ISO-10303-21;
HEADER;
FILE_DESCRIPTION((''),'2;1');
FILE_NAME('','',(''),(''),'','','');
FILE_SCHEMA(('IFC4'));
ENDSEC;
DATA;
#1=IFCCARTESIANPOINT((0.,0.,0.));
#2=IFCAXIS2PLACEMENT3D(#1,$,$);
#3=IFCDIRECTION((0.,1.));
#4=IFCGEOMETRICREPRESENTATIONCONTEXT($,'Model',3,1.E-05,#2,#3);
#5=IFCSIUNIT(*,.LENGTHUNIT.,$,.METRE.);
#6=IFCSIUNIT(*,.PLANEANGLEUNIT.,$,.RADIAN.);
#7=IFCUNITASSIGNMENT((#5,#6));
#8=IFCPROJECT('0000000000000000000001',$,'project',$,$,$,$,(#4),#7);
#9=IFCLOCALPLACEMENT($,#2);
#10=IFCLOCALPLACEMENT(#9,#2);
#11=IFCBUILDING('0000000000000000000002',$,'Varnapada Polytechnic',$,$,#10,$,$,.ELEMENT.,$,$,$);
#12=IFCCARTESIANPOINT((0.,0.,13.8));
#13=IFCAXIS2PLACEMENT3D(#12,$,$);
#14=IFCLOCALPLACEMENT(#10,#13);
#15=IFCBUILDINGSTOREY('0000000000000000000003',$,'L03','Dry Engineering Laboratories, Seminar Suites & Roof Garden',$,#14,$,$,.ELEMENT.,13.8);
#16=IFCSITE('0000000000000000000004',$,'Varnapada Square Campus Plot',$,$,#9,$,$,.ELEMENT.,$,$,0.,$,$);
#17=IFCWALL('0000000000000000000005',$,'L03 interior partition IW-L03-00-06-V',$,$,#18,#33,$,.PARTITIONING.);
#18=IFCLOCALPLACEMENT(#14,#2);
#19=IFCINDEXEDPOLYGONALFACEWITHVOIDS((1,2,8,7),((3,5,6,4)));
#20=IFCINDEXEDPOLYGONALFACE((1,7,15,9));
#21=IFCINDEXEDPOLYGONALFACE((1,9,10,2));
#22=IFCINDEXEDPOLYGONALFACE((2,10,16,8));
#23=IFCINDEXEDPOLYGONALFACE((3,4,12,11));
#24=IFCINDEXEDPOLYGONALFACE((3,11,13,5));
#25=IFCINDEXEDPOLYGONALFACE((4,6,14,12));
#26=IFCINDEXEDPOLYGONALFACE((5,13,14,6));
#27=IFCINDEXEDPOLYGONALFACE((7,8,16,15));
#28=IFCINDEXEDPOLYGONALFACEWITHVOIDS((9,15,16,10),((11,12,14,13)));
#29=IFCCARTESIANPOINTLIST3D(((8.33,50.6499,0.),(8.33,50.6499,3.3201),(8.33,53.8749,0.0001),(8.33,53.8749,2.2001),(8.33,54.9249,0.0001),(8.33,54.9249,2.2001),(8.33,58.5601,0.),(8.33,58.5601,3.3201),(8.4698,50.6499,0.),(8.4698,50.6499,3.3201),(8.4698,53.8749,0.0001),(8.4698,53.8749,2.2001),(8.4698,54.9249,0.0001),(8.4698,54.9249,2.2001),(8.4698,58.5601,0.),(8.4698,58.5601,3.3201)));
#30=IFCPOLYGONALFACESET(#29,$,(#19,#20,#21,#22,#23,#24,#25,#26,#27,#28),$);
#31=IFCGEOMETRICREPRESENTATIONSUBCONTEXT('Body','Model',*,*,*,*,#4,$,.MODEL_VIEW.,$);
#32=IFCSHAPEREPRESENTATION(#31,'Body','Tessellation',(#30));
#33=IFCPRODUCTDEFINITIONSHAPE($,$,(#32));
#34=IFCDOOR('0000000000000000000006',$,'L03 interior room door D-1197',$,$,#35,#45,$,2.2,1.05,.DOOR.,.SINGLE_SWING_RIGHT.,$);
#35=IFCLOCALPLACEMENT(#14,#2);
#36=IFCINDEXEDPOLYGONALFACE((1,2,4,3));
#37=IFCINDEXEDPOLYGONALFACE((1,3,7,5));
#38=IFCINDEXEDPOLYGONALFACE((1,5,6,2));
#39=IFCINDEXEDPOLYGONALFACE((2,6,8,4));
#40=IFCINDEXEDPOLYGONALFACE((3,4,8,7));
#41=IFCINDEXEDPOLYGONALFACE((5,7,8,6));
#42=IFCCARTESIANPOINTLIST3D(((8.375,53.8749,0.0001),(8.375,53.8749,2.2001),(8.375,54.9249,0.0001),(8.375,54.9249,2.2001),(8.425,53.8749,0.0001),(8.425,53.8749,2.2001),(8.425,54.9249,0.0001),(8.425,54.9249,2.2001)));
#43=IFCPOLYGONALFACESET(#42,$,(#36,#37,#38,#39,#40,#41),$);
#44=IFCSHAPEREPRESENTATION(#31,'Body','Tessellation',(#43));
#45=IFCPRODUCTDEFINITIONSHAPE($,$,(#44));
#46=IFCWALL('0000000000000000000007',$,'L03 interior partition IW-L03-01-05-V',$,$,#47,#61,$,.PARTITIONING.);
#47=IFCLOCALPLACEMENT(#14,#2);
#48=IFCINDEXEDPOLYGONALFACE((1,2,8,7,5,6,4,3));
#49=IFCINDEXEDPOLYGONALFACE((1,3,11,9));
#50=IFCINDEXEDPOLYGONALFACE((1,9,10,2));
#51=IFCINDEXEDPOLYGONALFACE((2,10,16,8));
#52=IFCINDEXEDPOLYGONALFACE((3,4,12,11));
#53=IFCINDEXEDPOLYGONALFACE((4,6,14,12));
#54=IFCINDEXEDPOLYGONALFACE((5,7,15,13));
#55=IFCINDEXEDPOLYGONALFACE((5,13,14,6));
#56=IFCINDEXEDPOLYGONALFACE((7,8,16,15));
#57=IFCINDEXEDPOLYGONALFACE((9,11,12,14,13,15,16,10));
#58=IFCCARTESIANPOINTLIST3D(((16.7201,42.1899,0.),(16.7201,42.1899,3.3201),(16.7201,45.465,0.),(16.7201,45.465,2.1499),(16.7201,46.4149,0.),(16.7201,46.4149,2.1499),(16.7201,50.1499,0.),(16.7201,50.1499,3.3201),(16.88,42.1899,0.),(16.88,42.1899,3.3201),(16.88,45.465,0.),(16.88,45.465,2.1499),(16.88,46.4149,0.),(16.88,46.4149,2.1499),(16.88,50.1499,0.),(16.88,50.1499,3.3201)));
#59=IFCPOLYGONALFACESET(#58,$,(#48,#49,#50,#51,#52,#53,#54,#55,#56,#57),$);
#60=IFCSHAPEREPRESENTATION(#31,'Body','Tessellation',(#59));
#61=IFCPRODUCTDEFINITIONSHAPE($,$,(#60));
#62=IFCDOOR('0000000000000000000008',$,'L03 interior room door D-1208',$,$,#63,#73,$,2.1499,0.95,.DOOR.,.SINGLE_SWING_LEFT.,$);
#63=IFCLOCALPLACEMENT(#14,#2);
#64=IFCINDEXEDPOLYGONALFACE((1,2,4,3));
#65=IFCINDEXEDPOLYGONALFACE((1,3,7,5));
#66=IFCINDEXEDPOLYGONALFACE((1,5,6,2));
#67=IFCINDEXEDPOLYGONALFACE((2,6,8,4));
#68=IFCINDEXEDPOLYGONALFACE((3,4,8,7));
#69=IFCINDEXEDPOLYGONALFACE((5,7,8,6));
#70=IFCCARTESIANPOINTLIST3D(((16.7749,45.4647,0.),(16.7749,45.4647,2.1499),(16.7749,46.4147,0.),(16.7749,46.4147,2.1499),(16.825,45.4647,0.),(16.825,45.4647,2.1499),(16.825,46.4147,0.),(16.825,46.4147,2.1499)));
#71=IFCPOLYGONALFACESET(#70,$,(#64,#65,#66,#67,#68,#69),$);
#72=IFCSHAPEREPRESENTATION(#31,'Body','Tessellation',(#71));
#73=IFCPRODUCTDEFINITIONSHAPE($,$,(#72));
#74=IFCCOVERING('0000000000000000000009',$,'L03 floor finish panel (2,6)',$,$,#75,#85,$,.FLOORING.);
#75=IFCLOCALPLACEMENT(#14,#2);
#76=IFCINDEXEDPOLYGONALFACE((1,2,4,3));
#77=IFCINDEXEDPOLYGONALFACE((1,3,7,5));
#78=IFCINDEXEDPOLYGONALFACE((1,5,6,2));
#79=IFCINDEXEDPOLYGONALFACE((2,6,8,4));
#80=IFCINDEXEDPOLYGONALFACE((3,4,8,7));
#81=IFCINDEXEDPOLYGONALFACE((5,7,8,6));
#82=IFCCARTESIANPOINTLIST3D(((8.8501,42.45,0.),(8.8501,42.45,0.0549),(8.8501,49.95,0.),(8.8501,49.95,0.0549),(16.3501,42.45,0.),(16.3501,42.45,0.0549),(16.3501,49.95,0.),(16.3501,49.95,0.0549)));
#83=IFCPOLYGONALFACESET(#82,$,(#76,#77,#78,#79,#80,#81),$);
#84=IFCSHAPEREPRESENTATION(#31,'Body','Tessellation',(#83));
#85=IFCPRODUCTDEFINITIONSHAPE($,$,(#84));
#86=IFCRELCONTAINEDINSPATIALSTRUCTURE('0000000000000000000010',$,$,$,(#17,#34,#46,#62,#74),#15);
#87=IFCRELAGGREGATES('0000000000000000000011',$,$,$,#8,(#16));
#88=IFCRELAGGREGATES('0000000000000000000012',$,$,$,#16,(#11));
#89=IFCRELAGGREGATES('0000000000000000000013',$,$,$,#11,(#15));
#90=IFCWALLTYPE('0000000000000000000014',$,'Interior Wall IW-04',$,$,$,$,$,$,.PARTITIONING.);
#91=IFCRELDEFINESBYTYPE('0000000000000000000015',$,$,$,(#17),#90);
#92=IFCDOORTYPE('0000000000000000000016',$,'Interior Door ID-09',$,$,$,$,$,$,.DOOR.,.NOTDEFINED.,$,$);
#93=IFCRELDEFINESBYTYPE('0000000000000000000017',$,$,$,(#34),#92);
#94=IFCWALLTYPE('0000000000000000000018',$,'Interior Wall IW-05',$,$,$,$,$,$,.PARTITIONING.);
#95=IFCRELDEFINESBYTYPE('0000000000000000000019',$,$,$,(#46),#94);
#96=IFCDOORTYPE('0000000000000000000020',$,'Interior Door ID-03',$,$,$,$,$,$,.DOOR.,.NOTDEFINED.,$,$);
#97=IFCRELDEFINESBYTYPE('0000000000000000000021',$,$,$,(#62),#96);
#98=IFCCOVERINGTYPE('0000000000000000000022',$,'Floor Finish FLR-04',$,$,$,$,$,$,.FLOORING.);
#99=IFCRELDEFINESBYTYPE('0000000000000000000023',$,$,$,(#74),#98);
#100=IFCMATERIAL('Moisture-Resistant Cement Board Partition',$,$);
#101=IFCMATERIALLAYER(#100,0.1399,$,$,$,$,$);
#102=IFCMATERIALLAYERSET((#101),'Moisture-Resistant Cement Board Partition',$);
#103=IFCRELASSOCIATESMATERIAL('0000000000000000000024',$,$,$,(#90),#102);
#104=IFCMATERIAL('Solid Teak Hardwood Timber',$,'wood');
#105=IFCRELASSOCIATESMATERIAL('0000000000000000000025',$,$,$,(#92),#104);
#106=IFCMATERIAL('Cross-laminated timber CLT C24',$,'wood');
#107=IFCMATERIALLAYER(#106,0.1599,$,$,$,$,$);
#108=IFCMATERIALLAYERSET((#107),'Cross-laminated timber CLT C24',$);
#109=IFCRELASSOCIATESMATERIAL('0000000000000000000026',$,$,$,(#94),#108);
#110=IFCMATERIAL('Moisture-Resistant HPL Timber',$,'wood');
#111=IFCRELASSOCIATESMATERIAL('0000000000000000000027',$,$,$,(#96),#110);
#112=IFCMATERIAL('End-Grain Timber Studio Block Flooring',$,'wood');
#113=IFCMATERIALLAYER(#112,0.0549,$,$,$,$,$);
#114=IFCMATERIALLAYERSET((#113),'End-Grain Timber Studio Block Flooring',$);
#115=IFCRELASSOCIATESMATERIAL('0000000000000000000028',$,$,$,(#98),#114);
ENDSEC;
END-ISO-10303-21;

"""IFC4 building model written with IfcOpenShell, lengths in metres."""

from ifc_helpers import new_model, si_unit, direction, frame, frame_2d, origin, origin_2d, place, context, subcontext, project, spatial, rectangle, extrude, material, layer, layer_set, type_object, element, fill, save


model = new_model("IFC4")

# Units and contexts
model_context = context("Model", 3, precision=1e-05, world=origin(), true_north=direction((0.0, 1.0)))
body_context = subcontext(model_context, "Body", "Model", "MODEL_VIEW")
ifc_project = project(units=[si_unit("LENGTHUNIT", "METRE"), si_unit("PLANEANGLEUNIT", "RADIAN")], contexts=[model_context])

# Site, building, storey
site_placement = place(None, origin())
site = spatial("IfcSite", under=ifc_project, at=site_placement, Name="Varnapada Square Campus Plot", CompositionType="ELEMENT", RefElevation=0.0)
building_placement = place(site_placement, origin())
building = spatial("IfcBuilding", under=site, at=building_placement, Name="Varnapada Polytechnic", CompositionType="ELEMENT")
storey_placement = place(building_placement, frame((0.0, 0.0, 13.8)))
storey = spatial("IfcBuildingStorey", under=building, at=storey_placement, Name="L03", Description="Dry Engineering Laboratories, Seminar Suites & Roof Garden", CompositionType="ELEMENT", Elevation=13.8)

# Walls, openings, doors
ifc_material_1 = material(Name="Solid Teak Hardwood Timber", Category="wood")
ifc_material_2 = material(Name="Moisture-Resistant Cement Board Partition")
ifc_layer_1 = layer(ifc_material_2, 0.1399)
ifc_layer_set_1 = layer_set([ifc_layer_1], Name="Moisture-Resistant Cement Board Partition")
wall_type_1 = type_object("IfcWallType", Name="Interior Wall IW-04", PredefinedType="PARTITIONING", material=ifc_layer_set_1)
wall_1_placement = place(storey_placement, frame((8.3999, 50.6499, 0.0), z_axis=(0.0, 0.0, 1.0), x_axis=(0.0, 1.0, 0.0)))
wall_1 = element("IfcWall", 1, at=wall_1_placement, inside=storey, type_object=wall_type_1, Name="L03 interior partition IW-L03-00-06-V", PredefinedType="PARTITIONING", context=body_context, shape_type="SweptSolid", body=[
    extrude(rectangle(XDim=7.9102, YDim=0.1399, at=frame_2d((3.9551, 0.0))), origin(), (0.0, 0.0, 1.0), 3.3201),
])
opening_1_placement = place(wall_1_placement, frame((3.2251, 0.0, 0.0)))
opening_1 = element("IfcOpeningElement", 2, at=opening_1_placement, cuts=wall_1, PredefinedType="OPENING", context=body_context, shape_type="SweptSolid", body=[
    extrude(rectangle(XDim=1.05, YDim=2.2, at=frame_2d((0.5249, 1.1001))), frame((0.0, 0.0798, 0.0), z_axis=(0.0, -1.0, 0.0), x_axis=(1.0, 0.0, 0.0)), (0.0, 0.0, 1.0), 0.1599),
])
door_type_1 = type_object("IfcDoorType", Name="Interior Door ID-09", OperationType="NOTDEFINED", PredefinedType="DOOR", material=ifc_material_1)
door_1_placement = place(opening_1_placement, origin())
door_1 = element("IfcDoor", 3, at=door_1_placement, inside=storey, type_object=door_type_1, Name="L03 interior room door D-1197", OperationType="SINGLE_SWING_RIGHT", OverallHeight=2.2, OverallWidth=1.05, PredefinedType="DOOR", context=body_context, shape_type="SweptSolid", body=[
    extrude(rectangle(XDim=1.05, YDim=2.2, at=frame_2d((0.5249, 1.1001))), frame((0.0, 0.0249, 0.0), z_axis=(0.0, -1.0, 0.0), x_axis=(1.0, 0.0, 0.0)), (0.0, 0.0, 1.0), 0.05),
])
fill(opening_1, door_1)
ifc_material_3 = material(Name="Cross-laminated timber CLT C24", Category="wood")
ifc_layer_2 = layer(ifc_material_3, 0.1599)
ifc_layer_set_2 = layer_set([ifc_layer_2], Name="Cross-laminated timber CLT C24")
wall_type_2 = type_object("IfcWallType", Name="Interior Wall IW-05", PredefinedType="PARTITIONING", material=ifc_layer_set_2)
wall_2_placement = place(storey_placement, frame((16.8, 42.1899, 0.0), z_axis=(0.0, 0.0, 1.0), x_axis=(0.0, 1.0, 0.0)))
wall_2 = element("IfcWall", 4, at=wall_2_placement, inside=storey, type_object=wall_type_2, Name="L03 interior partition IW-L03-01-05-V", PredefinedType="PARTITIONING", context=body_context, shape_type="SweptSolid", body=[
    extrude(rectangle(XDim=7.96, YDim=0.1599, at=frame_2d((3.98, 0.0))), origin(), (0.0, 0.0, 1.0), 3.3201),
])
opening_2_placement = place(wall_2_placement, frame((3.2749, 0.0, 0.0)))
opening_2 = element("IfcOpeningElement", 5, at=opening_2_placement, cuts=wall_2, PredefinedType="OPENING", context=body_context, shape_type="SweptSolid", body=[
    extrude(rectangle(XDim=0.95, YDim=2.1499, at=frame_2d((0.4751, 1.075))), frame((0.0, 0.0898, 0.0), z_axis=(0.0, -1.0, 0.0), x_axis=(1.0, 0.0, 0.0)), (0.0, 0.0, 1.0), 0.1799),
])
ifc_material_4 = material(Name="Moisture-Resistant HPL Timber", Category="wood")
door_type_2 = type_object("IfcDoorType", Name="Interior Door ID-03", OperationType="NOTDEFINED", PredefinedType="DOOR", material=ifc_material_4)
door_2_placement = place(opening_2_placement, frame((0.95, 0.0, 0.0), z_axis=(0.0, 0.0, 1.0), x_axis=(-1.0, 0.0, 0.0)))
door_2 = element("IfcDoor", 6, at=door_2_placement, inside=storey, type_object=door_type_2, Name="L03 interior room door D-1208", OperationType="SINGLE_SWING_LEFT", OverallHeight=2.1499, OverallWidth=0.95, PredefinedType="DOOR", context=body_context, shape_type="SweptSolid", body=[
    extrude(rectangle(XDim=0.95, YDim=2.1499, at=frame_2d((0.4751, 1.075))), frame((0.0, 0.0249, 0.0), z_axis=(0.0, -1.0, 0.0), x_axis=(1.0, 0.0, 0.0)), (0.0, 0.0, 1.0), 0.05),
])
fill(opening_2, door_2)

# Covering
ifc_material_5 = material(Name="End-Grain Timber Studio Block Flooring", Category="wood")
ifc_layer_3 = layer(ifc_material_5, 0.0549)
ifc_layer_set_3 = layer_set([ifc_layer_3], Name="End-Grain Timber Studio Block Flooring")
covering_type = type_object("IfcCoveringType", Name="Floor Finish FLR-04", PredefinedType="FLOORING", material=ifc_layer_set_3)
covering_placement = place(storey_placement, frame((12.6001, 46.2, 0.0), z_axis=(0.0, 0.0, 1.0), x_axis=(1.0, 0.0, 0.0)))
element("IfcCovering", 7, at=covering_placement, inside=storey, type_object=covering_type, Name="L03 floor finish panel (2,6)", PredefinedType="FLOORING", context=body_context, shape_type="SweptSolid", body=[
    extrude(rectangle(XDim=7.5, YDim=7.5, at=origin_2d()), origin(), (0.0, 0.0, 1.0), 0.0549),
])

save(model, "model.ifc")
